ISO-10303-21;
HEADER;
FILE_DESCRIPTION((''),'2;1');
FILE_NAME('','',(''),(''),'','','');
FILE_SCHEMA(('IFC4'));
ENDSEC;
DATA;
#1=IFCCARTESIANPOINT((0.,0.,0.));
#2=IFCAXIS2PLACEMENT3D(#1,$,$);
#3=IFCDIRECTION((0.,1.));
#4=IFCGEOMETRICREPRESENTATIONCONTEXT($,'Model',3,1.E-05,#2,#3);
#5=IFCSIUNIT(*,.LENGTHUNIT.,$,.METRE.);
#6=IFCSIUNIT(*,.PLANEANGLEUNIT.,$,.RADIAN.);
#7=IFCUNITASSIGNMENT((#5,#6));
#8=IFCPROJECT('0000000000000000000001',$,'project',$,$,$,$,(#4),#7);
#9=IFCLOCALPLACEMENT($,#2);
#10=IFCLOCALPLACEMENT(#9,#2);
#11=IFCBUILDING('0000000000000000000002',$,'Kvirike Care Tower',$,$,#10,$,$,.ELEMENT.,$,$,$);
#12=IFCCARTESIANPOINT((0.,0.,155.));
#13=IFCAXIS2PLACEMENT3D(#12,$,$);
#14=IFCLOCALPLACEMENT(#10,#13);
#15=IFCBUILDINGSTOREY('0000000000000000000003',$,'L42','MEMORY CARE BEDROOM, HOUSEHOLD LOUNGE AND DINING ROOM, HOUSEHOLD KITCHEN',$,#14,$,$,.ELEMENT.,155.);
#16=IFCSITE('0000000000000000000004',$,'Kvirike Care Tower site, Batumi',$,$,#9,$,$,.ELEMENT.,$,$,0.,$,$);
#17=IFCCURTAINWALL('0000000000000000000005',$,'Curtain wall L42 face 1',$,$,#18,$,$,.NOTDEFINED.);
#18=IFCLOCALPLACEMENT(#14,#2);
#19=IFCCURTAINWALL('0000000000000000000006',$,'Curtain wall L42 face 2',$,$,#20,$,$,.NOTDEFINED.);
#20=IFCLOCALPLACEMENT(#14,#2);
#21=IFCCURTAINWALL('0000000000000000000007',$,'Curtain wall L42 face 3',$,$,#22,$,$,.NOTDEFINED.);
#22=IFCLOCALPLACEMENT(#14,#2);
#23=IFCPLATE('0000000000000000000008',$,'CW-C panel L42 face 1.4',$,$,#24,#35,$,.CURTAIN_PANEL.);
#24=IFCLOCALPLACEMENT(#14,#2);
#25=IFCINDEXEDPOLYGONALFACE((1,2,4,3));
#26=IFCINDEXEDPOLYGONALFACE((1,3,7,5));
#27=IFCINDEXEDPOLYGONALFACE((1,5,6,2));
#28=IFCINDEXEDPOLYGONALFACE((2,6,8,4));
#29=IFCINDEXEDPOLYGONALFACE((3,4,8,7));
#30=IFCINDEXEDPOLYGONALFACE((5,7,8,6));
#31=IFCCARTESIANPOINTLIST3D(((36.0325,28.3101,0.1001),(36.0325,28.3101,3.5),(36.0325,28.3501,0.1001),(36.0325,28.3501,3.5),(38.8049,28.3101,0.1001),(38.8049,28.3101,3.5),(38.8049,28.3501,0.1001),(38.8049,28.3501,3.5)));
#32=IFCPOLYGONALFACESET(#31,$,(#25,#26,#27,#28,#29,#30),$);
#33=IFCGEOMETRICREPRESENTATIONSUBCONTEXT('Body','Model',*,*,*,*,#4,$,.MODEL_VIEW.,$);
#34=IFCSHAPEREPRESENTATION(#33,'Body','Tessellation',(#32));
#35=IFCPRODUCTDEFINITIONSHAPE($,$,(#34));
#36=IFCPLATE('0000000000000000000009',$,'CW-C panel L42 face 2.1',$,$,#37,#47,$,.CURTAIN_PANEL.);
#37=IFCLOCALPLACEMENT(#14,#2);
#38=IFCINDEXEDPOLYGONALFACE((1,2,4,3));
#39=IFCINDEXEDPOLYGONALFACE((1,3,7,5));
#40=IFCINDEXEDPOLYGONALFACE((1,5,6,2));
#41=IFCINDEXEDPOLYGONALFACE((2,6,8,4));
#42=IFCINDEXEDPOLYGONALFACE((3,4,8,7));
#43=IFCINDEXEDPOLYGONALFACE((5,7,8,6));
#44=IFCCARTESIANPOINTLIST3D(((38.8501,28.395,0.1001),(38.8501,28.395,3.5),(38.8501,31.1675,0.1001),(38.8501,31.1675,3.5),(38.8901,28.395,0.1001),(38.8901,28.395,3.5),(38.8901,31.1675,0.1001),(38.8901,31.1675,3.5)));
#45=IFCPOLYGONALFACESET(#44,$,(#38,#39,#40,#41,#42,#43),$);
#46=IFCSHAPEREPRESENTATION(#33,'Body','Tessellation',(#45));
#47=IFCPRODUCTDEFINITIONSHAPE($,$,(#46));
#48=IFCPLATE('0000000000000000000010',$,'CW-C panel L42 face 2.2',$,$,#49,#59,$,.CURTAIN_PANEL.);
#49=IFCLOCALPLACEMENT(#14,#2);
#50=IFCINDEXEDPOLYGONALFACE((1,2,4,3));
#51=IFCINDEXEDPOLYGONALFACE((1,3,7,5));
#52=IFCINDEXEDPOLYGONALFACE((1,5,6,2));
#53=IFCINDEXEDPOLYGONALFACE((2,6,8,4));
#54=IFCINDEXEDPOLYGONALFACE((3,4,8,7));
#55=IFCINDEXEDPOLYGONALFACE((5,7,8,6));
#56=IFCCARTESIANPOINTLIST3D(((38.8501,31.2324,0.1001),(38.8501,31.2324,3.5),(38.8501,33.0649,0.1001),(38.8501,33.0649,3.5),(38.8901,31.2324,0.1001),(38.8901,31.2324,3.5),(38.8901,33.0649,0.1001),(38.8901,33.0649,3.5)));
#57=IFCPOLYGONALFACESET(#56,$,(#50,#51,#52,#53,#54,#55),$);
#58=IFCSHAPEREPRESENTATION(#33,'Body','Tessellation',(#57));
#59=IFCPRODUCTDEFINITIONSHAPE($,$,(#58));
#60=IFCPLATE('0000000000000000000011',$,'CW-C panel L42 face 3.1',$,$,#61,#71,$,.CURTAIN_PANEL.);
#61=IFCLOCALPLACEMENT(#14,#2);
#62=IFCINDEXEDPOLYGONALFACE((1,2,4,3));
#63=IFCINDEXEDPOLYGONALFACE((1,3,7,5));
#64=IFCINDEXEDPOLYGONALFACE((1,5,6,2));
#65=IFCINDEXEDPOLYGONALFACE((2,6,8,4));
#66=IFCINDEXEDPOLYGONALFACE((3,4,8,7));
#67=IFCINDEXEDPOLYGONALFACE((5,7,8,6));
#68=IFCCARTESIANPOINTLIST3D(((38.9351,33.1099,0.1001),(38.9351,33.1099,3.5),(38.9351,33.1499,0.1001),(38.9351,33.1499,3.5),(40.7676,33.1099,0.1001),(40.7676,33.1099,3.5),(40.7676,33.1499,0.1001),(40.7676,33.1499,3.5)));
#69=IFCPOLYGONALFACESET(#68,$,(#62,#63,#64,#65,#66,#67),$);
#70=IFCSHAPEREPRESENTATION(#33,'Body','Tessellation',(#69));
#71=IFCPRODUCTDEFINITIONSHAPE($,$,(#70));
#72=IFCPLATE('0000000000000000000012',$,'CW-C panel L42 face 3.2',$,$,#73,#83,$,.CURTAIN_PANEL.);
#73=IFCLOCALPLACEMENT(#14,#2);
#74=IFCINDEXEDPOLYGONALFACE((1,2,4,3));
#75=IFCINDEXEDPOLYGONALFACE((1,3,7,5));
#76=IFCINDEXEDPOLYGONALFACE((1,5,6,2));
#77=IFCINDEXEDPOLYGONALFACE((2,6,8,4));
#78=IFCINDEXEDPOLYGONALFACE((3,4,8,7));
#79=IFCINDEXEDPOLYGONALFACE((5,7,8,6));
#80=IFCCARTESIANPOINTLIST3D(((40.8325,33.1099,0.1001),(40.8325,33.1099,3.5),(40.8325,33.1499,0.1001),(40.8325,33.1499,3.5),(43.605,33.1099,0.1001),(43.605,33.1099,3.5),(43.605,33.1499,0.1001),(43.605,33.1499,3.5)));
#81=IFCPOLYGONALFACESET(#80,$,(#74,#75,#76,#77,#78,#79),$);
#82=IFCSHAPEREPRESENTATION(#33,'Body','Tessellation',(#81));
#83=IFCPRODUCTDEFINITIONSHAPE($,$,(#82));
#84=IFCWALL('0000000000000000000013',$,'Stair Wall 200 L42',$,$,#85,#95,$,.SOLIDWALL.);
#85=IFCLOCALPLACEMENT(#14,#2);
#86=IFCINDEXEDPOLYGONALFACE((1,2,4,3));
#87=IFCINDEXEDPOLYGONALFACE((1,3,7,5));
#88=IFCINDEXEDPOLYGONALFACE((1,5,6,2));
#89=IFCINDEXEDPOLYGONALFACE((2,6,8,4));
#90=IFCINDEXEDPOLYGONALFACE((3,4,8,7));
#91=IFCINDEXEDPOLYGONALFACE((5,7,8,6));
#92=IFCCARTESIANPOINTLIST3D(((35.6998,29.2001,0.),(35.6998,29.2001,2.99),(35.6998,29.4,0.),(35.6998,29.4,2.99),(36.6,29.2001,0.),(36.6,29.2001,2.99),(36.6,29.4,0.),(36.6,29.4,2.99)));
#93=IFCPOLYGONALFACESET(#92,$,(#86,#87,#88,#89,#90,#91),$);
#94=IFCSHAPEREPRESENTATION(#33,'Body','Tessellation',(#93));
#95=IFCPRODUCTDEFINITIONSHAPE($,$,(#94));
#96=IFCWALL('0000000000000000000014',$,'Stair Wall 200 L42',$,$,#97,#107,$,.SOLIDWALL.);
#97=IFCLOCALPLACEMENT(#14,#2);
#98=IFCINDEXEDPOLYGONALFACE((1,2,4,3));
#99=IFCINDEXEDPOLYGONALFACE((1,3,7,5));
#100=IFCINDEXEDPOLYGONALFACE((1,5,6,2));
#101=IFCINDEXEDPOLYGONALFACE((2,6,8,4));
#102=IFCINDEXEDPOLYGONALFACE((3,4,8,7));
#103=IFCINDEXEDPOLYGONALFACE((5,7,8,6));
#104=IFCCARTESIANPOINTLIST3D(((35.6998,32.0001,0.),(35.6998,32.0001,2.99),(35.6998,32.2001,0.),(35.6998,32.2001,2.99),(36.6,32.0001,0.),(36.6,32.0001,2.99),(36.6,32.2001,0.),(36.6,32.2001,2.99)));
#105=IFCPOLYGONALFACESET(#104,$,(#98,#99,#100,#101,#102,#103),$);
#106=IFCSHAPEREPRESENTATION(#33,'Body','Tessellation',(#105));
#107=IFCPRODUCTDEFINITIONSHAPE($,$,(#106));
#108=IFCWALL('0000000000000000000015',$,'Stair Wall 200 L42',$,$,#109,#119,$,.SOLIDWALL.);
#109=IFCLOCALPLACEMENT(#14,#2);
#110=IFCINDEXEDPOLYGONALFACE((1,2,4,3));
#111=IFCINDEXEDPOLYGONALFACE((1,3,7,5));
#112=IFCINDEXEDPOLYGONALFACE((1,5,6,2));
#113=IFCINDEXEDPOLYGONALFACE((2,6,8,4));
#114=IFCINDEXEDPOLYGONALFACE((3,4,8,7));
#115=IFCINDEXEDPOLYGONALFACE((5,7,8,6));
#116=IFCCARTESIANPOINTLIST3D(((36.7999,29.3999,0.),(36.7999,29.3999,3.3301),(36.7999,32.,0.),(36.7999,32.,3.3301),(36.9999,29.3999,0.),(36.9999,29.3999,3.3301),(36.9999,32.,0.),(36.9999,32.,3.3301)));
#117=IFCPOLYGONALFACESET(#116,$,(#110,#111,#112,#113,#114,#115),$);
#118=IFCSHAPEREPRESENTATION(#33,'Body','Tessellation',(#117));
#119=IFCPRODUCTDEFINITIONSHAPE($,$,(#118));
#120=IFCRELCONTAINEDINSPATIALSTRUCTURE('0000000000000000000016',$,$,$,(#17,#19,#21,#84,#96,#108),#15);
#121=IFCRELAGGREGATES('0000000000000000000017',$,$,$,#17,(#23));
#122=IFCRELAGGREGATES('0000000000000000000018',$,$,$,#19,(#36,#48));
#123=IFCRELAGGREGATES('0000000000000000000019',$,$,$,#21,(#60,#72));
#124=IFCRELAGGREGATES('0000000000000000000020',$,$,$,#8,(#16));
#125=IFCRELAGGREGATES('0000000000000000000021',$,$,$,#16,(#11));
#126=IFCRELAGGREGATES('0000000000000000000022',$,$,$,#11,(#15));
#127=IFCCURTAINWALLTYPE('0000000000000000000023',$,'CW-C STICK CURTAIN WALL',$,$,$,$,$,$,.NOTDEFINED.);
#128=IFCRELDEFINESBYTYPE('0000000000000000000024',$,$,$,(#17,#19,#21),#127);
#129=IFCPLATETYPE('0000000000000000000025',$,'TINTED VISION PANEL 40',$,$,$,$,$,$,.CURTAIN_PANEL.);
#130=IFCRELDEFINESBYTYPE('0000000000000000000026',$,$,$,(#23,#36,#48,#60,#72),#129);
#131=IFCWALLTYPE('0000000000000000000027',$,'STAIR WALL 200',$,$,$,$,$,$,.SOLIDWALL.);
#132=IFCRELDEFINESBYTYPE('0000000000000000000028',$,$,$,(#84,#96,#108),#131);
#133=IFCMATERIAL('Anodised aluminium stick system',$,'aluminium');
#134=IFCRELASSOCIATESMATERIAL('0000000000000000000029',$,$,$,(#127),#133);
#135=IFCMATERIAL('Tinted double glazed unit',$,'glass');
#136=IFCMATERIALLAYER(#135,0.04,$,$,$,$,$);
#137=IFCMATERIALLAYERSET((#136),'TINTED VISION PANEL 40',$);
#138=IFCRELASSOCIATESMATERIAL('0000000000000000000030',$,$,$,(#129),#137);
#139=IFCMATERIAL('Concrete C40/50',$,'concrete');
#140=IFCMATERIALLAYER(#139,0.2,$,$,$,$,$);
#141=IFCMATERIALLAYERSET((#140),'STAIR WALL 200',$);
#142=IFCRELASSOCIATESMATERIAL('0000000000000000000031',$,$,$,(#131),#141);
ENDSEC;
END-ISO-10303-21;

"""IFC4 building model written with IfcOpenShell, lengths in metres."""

from ifc_helpers import new_model, si_unit, direction, frame, frame_2d, origin, origin_2d, place, context, subcontext, project, spatial, rectangle, extrude, material, layer, layer_set, type_object, element, aggregate, save


model = new_model("IFC4")

# Units and contexts
model_context = context("Model", 3, precision=1e-05, world=origin(), true_north=direction((0.0, 1.0)))
body_context = subcontext(model_context, "Body", "Model", "MODEL_VIEW")
ifc_project = project(units=[si_unit("LENGTHUNIT", "METRE"), si_unit("PLANEANGLEUNIT", "RADIAN")], contexts=[model_context])

# Site, building, storey
site_placement = place(None, origin())
site = spatial("IfcSite", under=ifc_project, at=site_placement, Name="Kvirike Care Tower site, Batumi", CompositionType="ELEMENT", RefElevation=0.0)
building_placement = place(site_placement, origin())
building = spatial("IfcBuilding", under=site, at=building_placement, Name="Kvirike Care Tower", CompositionType="ELEMENT")
storey_placement = place(building_placement, frame((0.0, 0.0, 155.0)))
storey = spatial("IfcBuildingStorey", under=building, at=storey_placement, Name="L42", Description="MEMORY CARE BEDROOM, HOUSEHOLD LOUNGE AND DINING ROOM, HOUSEHOLD KITCHEN", CompositionType="ELEMENT", Elevation=155.0)

# Curtain walls
ifc_material_1 = material(Name="Anodised aluminium stick system", Category="aluminium")
curtain_wall_type = type_object("IfcCurtainWallType", Name="CW-C STICK CURTAIN WALL", PredefinedType="NOTDEFINED", material=ifc_material_1)
curtain_wall_1_placement = place(storey_placement, origin())
curtain_wall_1 = element("IfcCurtainWall", 1, at=curtain_wall_1_placement, inside=storey, type_object=curtain_wall_type, Name="Curtain wall L42 face 1", PredefinedType="NOTDEFINED")
curtain_wall_2_placement = place(storey_placement, origin())
curtain_wall_2 = element("IfcCurtainWall", 2, at=curtain_wall_2_placement, inside=storey, type_object=curtain_wall_type, Name="Curtain wall L42 face 2", PredefinedType="NOTDEFINED")
curtain_wall_3_placement = place(storey_placement, origin())
curtain_wall_3 = element("IfcCurtainWall", 3, at=curtain_wall_3_placement, inside=storey, type_object=curtain_wall_type, Name="Curtain wall L42 face 3", PredefinedType="NOTDEFINED")

# Plates
ifc_material_2 = material(Name="Tinted double glazed unit", Category="glass")
ifc_layer_1 = layer(ifc_material_2, 0.04)
ifc_layer_set_1 = layer_set([ifc_layer_1], Name="TINTED VISION PANEL 40")
plate_type = type_object("IfcPlateType", Name="TINTED VISION PANEL 40", PredefinedType="CURTAIN_PANEL", material=ifc_layer_set_1)
plate_1_placement = place(storey_placement, frame((37.4187, 28.3301, 0.1001), z_axis=(0.0, 0.0, 1.0), x_axis=(1.0, 0.0, 0.0)))
plate_1 = element("IfcPlate", 4, at=plate_1_placement, type_object=plate_type, Name="CW-C panel L42 face 1.4", PredefinedType="CURTAIN_PANEL", context=body_context, shape_type="SweptSolid", body=[
    extrude(rectangle(XDim=2.7725, YDim=0.04, at=origin_2d()), origin(), (0.0, 0.0, 1.0), 3.3999),
])
aggregate(curtain_wall_1, [plate_1])
plate_2_placement = place(storey_placement, frame((38.8701, 29.7812, 0.1001), z_axis=(0.0, 0.0, 1.0), x_axis=(0.0, 1.0, 0.0)))
plate_2 = element("IfcPlate", 5, at=plate_2_placement, type_object=plate_type, Name="CW-C panel L42 face 2.1", PredefinedType="CURTAIN_PANEL", context=body_context, shape_type="SweptSolid", body=[
    extrude(rectangle(XDim=2.7725, YDim=0.04, at=origin_2d()), origin(), (0.0, 0.0, 1.0), 3.3999),
])
plate_3_placement = place(storey_placement, frame((38.8701, 32.1487, 0.1001), z_axis=(0.0, 0.0, 1.0), x_axis=(0.0, 1.0, 0.0)))
plate_3 = element("IfcPlate", 6, at=plate_3_placement, type_object=plate_type, Name="CW-C panel L42 face 2.2", PredefinedType="CURTAIN_PANEL", context=body_context, shape_type="SweptSolid", body=[
    extrude(rectangle(XDim=1.8325, YDim=0.04, at=origin_2d()), origin(), (0.0, 0.0, 1.0), 3.3999),
])
aggregate(curtain_wall_2, [plate_2, plate_3])
plate_4_placement = place(storey_placement, frame((39.8513, 33.1299, 0.1001), z_axis=(0.0, 0.0, 1.0), x_axis=(1.0, 0.0, 0.0)))
plate_4 = element("IfcPlate", 7, at=plate_4_placement, type_object=plate_type, Name="CW-C panel L42 face 3.1", PredefinedType="CURTAIN_PANEL", context=body_context, shape_type="SweptSolid", body=[
    extrude(rectangle(XDim=1.8325, YDim=0.04, at=origin_2d()), origin(), (0.0, 0.0, 1.0), 3.3999),
])
plate_5_placement = place(storey_placement, frame((42.2188, 33.1299, 0.1001), z_axis=(0.0, 0.0, 1.0), x_axis=(1.0, 0.0, 0.0)))
plate_5 = element("IfcPlate", 8, at=plate_5_placement, type_object=plate_type, Name="CW-C panel L42 face 3.2", PredefinedType="CURTAIN_PANEL", context=body_context, shape_type="SweptSolid", body=[
    extrude(rectangle(XDim=2.7725, YDim=0.04, at=origin_2d()), origin(), (0.0, 0.0, 1.0), 3.3999),
])
aggregate(curtain_wall_3, [plate_4, plate_5])

# Walls
ifc_material_3 = material(Name="Concrete C40/50", Category="concrete")
ifc_layer_2 = layer(ifc_material_3, 0.2)
ifc_layer_set_2 = layer_set([ifc_layer_2], Name="STAIR WALL 200")
wall_type = type_object("IfcWallType", Name="STAIR WALL 200", PredefinedType="SOLIDWALL", material=ifc_layer_set_2)
for number, where, z_axis, x_axis, name in (
    (9, (36.6001, 29.3, 0.0), (0.0, 0.0, 1.0), (-1.0, 0.0, 0.0), "Stair Wall 200 L42"),
    (10, (36.6001, 32.1001, 0.0), (0.0, 0.0, 1.0), (-1.0, 0.0, 0.0), "Stair Wall 200 L42"),
):
    element("IfcWall", number, at=place(storey_placement, frame(where, z_axis=z_axis, x_axis=x_axis)), inside=storey, type_object=wall_type, Name=name, PredefinedType="SOLIDWALL", context=body_context, shape_type="SweptSolid", body=[
        extrude(rectangle(XDim=0.9001, YDim=0.2, at=frame_2d((0.4502, 0.0))), origin(), (0.0, 0.0, 1.0), 2.99),
    ])
wall_placement = place(storey_placement, frame((36.8999, 29.3999, 0.0), z_axis=(0.0, 0.0, 1.0), x_axis=(0.0, 1.0, 0.0)))
element("IfcWall", 11, at=wall_placement, inside=storey, type_object=wall_type, Name="Stair Wall 200 L42", PredefinedType="SOLIDWALL", context=body_context, shape_type="SweptSolid", body=[
    extrude(rectangle(XDim=2.6001, YDim=0.2, at=frame_2d((1.3, 0.0))), origin(), (0.0, 0.0, 1.0), 3.3301),
])

save(model, "model.ifc")
